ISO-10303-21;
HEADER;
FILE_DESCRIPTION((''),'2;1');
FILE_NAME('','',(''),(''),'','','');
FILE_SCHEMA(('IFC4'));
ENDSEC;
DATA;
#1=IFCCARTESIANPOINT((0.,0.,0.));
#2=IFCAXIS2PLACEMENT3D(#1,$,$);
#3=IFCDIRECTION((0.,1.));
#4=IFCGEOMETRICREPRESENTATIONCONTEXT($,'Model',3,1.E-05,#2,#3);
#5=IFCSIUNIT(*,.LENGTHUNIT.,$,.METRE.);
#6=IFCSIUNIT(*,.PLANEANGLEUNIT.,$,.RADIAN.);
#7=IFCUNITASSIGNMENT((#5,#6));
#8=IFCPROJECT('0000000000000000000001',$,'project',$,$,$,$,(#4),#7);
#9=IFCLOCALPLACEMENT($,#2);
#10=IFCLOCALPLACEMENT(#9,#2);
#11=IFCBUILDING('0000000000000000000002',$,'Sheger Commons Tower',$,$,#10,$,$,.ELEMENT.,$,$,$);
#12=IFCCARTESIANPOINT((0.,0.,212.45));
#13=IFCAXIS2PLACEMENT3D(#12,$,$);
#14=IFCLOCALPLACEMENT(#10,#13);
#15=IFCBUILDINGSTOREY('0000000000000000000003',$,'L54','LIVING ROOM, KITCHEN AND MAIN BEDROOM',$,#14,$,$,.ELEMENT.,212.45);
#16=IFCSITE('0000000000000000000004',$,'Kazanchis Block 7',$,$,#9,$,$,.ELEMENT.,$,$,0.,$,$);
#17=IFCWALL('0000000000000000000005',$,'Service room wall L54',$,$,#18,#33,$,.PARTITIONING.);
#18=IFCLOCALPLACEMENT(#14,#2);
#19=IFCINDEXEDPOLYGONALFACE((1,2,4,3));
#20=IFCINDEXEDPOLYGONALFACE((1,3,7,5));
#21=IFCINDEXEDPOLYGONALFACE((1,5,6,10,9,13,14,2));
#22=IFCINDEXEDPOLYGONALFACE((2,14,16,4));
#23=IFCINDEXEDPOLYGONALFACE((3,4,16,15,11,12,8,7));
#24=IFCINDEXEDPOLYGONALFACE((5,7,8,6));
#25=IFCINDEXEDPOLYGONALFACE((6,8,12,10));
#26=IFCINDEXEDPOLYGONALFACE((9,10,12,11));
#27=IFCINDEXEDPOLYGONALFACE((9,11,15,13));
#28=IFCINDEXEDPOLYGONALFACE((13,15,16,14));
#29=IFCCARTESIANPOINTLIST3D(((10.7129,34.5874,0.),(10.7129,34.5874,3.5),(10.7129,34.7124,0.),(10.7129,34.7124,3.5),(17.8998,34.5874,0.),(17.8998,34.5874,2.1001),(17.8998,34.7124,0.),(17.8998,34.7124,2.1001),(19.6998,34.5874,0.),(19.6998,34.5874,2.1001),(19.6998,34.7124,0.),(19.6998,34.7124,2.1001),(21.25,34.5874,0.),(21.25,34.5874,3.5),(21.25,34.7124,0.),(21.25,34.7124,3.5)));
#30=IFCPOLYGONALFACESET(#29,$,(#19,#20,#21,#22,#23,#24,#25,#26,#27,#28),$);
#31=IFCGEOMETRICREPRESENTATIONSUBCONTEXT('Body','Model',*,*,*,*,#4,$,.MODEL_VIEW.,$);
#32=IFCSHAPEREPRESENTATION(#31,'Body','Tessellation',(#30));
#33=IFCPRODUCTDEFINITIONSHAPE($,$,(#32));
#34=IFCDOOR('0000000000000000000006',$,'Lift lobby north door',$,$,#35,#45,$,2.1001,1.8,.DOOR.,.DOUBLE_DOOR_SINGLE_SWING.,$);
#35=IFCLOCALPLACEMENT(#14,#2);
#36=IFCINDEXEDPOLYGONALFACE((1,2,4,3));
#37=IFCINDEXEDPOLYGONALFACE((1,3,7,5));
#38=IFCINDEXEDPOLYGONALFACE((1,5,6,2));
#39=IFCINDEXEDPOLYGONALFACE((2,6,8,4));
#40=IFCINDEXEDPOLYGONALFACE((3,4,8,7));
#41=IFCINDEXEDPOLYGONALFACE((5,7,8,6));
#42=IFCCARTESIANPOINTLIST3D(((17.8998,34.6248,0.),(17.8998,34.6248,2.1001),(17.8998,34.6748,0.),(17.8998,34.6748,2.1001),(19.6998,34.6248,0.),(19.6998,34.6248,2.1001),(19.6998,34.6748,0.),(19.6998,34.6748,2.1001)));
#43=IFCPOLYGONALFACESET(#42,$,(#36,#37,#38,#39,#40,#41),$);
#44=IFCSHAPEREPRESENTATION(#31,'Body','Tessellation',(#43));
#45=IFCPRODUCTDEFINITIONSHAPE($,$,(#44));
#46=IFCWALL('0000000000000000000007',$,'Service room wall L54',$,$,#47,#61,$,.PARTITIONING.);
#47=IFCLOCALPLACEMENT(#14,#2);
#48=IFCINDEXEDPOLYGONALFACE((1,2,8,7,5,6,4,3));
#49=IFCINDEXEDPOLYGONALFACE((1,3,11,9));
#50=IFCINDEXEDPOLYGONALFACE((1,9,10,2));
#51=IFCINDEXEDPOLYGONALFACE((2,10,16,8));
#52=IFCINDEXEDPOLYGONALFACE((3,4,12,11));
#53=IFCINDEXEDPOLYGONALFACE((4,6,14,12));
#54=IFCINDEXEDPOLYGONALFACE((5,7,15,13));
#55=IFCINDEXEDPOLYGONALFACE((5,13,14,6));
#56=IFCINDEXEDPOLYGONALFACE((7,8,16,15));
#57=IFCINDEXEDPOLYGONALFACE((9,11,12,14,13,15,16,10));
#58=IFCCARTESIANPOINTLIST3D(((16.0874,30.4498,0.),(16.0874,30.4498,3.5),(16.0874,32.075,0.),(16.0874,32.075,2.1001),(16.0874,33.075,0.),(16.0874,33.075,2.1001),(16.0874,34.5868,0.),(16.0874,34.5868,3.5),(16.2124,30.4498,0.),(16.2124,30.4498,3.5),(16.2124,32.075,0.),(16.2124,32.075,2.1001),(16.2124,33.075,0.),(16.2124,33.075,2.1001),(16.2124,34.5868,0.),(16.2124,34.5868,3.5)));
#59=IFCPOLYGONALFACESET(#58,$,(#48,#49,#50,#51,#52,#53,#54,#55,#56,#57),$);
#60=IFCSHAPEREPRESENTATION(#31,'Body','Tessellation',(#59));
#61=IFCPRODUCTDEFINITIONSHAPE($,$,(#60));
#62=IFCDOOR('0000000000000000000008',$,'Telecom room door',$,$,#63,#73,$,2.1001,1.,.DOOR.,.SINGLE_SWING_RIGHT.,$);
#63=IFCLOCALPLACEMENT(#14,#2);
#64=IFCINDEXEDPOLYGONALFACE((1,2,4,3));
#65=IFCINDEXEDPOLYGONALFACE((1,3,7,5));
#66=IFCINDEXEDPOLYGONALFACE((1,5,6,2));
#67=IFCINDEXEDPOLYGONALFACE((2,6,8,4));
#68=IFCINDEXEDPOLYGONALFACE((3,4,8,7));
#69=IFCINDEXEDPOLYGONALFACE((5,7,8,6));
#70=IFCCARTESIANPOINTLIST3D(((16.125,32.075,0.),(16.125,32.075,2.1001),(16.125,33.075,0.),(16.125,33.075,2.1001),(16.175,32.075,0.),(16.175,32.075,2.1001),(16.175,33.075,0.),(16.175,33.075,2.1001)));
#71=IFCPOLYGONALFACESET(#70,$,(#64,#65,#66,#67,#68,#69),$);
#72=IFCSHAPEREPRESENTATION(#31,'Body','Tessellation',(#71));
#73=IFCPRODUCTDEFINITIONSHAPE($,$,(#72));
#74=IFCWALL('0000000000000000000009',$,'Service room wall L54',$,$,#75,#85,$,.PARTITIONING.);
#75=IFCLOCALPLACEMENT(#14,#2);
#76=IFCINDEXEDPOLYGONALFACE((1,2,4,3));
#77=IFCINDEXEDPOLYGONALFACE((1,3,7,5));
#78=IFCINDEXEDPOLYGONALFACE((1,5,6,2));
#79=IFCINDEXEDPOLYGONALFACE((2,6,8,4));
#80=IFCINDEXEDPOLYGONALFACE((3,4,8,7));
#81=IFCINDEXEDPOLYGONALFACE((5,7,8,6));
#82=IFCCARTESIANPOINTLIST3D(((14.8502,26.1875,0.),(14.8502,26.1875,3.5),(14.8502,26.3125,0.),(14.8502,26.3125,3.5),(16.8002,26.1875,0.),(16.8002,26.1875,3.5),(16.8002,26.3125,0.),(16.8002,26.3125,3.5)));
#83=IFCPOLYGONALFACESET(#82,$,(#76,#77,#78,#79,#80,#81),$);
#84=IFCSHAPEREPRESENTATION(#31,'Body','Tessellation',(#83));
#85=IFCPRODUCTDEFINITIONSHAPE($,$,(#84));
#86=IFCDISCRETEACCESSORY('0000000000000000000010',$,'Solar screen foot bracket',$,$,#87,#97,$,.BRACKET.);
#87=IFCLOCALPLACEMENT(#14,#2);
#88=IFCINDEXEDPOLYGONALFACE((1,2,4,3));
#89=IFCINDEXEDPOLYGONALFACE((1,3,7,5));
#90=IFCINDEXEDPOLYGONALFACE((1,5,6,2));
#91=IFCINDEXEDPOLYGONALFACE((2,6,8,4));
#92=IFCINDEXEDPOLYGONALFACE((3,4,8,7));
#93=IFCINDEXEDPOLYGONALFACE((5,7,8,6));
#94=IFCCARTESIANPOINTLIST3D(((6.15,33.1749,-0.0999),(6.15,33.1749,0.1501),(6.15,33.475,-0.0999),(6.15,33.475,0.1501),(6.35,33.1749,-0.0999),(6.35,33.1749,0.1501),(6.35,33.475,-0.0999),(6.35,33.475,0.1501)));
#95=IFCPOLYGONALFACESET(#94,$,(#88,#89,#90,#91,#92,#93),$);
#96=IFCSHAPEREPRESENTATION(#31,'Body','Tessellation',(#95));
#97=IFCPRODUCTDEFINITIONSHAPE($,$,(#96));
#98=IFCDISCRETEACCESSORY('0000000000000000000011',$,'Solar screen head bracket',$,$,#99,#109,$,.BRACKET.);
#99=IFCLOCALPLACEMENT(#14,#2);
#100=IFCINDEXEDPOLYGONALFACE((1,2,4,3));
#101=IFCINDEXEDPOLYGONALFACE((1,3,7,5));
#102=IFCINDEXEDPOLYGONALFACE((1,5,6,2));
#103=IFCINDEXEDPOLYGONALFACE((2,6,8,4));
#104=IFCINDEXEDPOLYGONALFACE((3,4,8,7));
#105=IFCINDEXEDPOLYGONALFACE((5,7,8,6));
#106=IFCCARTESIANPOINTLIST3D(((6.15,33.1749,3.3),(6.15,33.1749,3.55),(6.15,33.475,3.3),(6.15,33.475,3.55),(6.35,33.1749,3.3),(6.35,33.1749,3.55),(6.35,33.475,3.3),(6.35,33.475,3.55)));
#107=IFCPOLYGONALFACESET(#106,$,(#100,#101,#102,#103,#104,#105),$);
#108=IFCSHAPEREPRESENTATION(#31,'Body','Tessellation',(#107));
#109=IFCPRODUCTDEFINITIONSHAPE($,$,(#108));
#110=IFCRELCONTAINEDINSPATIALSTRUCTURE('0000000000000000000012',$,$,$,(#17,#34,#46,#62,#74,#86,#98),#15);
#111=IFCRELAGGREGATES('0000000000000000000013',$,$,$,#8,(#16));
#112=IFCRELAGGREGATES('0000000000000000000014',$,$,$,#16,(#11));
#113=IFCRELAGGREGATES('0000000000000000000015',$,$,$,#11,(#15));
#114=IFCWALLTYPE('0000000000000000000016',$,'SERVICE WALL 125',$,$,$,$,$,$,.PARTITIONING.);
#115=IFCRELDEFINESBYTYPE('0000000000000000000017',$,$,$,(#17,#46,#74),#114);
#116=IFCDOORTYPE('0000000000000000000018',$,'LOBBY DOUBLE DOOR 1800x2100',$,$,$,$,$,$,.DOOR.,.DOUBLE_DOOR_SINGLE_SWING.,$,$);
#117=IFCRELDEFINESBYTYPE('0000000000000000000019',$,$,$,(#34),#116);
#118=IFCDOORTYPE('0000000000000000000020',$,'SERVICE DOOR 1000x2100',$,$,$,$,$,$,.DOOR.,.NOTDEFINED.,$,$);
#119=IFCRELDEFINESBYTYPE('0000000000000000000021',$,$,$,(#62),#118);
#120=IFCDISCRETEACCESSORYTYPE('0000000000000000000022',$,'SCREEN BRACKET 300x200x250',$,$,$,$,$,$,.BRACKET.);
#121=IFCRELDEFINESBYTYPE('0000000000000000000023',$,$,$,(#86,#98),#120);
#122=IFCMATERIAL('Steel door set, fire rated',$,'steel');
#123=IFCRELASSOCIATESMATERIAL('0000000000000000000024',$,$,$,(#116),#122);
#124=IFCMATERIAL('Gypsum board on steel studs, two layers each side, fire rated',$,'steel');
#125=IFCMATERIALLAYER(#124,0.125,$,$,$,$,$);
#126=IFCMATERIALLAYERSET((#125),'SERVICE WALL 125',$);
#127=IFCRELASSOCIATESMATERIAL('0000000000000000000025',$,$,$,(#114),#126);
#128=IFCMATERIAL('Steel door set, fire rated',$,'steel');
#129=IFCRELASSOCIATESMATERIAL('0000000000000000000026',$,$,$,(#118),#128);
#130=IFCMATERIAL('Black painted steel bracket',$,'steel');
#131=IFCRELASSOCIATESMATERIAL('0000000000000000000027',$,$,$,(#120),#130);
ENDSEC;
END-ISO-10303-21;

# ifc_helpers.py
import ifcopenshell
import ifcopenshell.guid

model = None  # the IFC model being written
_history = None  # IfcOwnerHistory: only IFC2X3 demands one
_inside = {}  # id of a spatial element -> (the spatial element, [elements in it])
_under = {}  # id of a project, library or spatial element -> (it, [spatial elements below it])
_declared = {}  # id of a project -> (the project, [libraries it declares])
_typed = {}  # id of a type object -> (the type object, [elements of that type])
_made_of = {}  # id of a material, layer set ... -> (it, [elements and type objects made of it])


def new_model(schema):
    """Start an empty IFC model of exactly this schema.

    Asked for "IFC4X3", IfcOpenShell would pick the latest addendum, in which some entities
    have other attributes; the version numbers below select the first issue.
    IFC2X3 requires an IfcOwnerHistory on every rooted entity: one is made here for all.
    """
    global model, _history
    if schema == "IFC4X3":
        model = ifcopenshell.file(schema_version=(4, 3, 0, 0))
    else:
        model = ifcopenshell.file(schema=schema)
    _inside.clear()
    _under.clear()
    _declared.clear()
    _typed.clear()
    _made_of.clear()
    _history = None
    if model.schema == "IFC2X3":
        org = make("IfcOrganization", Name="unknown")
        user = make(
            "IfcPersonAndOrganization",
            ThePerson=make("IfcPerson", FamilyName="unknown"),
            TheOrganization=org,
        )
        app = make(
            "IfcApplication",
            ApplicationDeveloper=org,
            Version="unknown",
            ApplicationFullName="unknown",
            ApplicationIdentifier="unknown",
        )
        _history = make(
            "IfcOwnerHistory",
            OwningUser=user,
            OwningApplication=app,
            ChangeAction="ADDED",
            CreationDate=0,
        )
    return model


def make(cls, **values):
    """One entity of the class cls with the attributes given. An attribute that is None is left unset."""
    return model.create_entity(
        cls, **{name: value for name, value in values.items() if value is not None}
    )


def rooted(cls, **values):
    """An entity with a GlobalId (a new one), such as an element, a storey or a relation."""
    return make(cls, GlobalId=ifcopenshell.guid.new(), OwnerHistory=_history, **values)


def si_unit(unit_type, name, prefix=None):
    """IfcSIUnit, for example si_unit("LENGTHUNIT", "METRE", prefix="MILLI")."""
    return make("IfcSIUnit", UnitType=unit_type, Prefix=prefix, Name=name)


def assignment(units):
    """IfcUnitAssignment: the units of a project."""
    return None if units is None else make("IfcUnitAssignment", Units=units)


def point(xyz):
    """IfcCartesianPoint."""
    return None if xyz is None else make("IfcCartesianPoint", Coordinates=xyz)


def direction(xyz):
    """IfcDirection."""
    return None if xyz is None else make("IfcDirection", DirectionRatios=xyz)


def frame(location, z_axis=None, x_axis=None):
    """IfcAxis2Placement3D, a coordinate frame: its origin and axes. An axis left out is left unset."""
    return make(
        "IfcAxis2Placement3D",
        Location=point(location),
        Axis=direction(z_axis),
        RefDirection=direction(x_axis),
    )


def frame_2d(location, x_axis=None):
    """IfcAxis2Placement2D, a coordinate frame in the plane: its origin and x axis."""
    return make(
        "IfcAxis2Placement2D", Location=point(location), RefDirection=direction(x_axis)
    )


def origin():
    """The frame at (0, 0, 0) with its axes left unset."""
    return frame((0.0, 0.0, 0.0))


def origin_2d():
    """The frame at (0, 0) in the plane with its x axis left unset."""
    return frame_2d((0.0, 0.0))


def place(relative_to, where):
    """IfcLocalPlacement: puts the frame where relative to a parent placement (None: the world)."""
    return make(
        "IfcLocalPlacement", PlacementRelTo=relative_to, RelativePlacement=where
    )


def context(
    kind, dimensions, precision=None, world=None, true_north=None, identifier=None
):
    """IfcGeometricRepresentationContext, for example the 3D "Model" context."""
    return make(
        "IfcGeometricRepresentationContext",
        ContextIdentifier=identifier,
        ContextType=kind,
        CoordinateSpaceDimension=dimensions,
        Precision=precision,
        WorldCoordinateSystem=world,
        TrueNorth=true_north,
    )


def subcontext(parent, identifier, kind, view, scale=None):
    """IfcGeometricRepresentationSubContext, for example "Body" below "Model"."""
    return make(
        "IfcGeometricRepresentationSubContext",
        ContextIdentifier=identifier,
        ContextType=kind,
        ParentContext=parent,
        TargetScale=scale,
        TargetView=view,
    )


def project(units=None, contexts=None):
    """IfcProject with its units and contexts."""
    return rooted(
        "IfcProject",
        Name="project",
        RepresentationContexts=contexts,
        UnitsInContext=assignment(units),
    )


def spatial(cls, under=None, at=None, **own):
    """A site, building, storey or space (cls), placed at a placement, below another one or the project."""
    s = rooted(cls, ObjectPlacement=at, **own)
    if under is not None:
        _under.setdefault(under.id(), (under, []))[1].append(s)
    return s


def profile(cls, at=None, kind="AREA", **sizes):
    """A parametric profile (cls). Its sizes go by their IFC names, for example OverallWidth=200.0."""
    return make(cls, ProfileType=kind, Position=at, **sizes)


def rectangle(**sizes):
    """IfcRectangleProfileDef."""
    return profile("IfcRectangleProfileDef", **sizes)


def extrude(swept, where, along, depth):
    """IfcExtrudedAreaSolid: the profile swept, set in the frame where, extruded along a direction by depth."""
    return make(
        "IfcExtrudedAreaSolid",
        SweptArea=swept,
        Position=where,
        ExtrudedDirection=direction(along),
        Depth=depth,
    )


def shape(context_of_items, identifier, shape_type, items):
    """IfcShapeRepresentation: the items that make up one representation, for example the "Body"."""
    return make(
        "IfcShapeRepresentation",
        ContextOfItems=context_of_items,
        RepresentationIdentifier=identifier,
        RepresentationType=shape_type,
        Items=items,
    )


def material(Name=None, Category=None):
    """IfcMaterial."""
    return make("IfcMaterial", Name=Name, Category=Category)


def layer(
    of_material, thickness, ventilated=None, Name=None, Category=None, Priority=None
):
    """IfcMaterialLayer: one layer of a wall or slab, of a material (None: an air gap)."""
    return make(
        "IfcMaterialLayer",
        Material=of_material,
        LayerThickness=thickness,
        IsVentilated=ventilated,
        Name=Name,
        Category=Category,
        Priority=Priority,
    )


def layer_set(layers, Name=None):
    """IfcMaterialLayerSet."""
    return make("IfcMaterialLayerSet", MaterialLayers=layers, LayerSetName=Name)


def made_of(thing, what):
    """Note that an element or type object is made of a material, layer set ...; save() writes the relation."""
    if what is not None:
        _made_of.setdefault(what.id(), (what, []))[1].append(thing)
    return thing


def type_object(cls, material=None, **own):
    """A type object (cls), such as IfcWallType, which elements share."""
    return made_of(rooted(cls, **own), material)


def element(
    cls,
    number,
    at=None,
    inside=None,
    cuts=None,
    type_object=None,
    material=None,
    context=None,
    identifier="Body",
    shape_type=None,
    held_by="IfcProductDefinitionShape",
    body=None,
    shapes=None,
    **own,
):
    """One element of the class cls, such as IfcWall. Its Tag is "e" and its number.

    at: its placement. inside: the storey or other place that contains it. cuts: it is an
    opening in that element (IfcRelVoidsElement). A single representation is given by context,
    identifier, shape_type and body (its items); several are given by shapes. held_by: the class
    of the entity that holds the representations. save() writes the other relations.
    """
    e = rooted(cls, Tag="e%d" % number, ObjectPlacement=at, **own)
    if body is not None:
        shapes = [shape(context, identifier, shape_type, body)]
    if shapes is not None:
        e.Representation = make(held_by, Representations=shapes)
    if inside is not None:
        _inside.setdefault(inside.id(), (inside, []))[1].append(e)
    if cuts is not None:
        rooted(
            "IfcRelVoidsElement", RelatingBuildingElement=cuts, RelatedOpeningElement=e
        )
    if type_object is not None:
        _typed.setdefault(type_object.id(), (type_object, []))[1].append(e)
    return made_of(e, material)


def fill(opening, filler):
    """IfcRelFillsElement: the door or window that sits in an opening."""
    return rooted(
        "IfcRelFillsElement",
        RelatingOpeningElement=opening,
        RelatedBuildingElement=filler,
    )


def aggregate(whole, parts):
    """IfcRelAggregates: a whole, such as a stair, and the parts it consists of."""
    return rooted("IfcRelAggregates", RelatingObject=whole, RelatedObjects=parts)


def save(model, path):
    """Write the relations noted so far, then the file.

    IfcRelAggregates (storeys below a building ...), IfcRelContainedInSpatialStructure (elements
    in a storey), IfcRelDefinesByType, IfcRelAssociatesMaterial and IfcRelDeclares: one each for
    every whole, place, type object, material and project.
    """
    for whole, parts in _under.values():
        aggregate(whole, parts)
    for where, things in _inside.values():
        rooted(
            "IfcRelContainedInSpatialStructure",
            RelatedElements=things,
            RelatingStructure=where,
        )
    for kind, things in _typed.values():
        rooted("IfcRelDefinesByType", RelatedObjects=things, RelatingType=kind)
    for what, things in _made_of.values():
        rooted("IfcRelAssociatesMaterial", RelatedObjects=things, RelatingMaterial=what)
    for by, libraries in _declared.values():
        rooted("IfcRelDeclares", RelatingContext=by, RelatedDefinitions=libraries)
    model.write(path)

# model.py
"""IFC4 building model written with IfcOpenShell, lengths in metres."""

from ifc_helpers import new_model, si_unit, direction, frame, frame_2d, origin, origin_2d, place, context, subcontext, project, spatial, rectangle, extrude, material, layer, layer_set, type_object, element, fill, save


model = new_model("IFC4")

# Units and contexts
model_context = context("Model", 3, precision=1e-05, world=origin(), true_north=direction((0.0, 1.0)))
body_context = subcontext(model_context, "Body", "Model", "MODEL_VIEW")
ifc_project = project(units=[si_unit("LENGTHUNIT", "METRE"), si_unit("PLANEANGLEUNIT", "RADIAN")], contexts=[model_context])

# Site, building, storey
site_placement = place(None, origin())
site = spatial("IfcSite", under=ifc_project, at=site_placement, Name="Kazanchis Block 7", CompositionType="ELEMENT", RefElevation=0.0)
building_placement = place(site_placement, origin())
building = spatial("IfcBuilding", under=site, at=building_placement, Name="Sheger Commons Tower", CompositionType="ELEMENT")
storey_placement = place(building_placement, frame((0.0, 0.0, 212.45)))
storey = spatial("IfcBuildingStorey", under=building, at=storey_placement, Name="L54", Description="LIVING ROOM, KITCHEN AND MAIN BEDROOM", CompositionType="ELEMENT", Elevation=212.45)

# Shared definitions
ifc_material_1 = material(Name="Steel door set, fire rated", Category="steel")
door_type_1 = type_object("IfcDoorType", Name="LOBBY DOUBLE DOOR 1800x2100", OperationType="DOUBLE_DOOR_SINGLE_SWING", PredefinedType="DOOR", material=ifc_material_1)

# Shared definitions
ifc_material_2 = material(Name="Gypsum board on steel studs, two layers each side, fire rated", Category="steel")
ifc_layer_1 = layer(ifc_material_2, 0.125)
ifc_layer_set_1 = layer_set([ifc_layer_1], Name="SERVICE WALL 125")
wall_type_1 = type_object("IfcWallType", Name="SERVICE WALL 125", PredefinedType="PARTITIONING", material=ifc_layer_set_1)

# Walls, openings, doors
wall_1_placement = place(storey_placement, frame((10.7129, 34.6499, 0.0), z_axis=(0.0, 0.0, 1.0), x_axis=(1.0, 0.0, 0.0)))
wall_1 = element("IfcWall", 1, at=wall_1_placement, inside=storey, type_object=wall_type_1, Name="Service room wall L54", PredefinedType="PARTITIONING", context=body_context, shape_type="SweptSolid", body=[
    extrude(rectangle(XDim=10.5371, YDim=0.125, at=frame_2d((5.2686, 0.0))), origin(), (0.0, 0.0, 1.0), 3.5),
])
opening_1_placement = place(wall_1_placement, frame((7.187, 0.0, 0.0)))
opening_1 = element("IfcOpeningElement", 2, at=opening_1_placement, cuts=wall_1, PredefinedType="OPENING", context=body_context, shape_type="SweptSolid", body=[
    extrude(rectangle(XDim=1.8, YDim=2.1001, at=frame_2d((0.8999, 1.05))), frame((0.0, 0.0725, 0.0), z_axis=(0.0, -1.0, 0.0), x_axis=(1.0, 0.0, 0.0)), (0.0, 0.0, 1.0), 0.145),
])
door_1_placement = place(opening_1_placement, origin())
door_1 = element("IfcDoor", 3, at=door_1_placement, inside=storey, type_object=door_type_1, Name="Lift lobby north door", OperationType="DOUBLE_DOOR_SINGLE_SWING", OverallHeight=2.1001, OverallWidth=1.8, PredefinedType="DOOR", context=body_context, shape_type="SweptSolid", body=[
    extrude(rectangle(XDim=1.8, YDim=2.1001, at=frame_2d((0.8999, 1.05))), frame((0.0, 0.0249, 0.0), z_axis=(0.0, -1.0, 0.0), x_axis=(1.0, 0.0, 0.0)), (0.0, 0.0, 1.0), 0.05),
])
fill(opening_1, door_1)
wall_2_placement = place(storey_placement, frame((16.1499, 30.45, 0.0), z_axis=(0.0, 0.0, 1.0), x_axis=(0.0, 1.0, 0.0)))
wall_2 = element("IfcWall", 4, at=wall_2_placement, inside=storey, type_object=wall_type_1, Name="Service room wall L54", PredefinedType="PARTITIONING", context=body_context, shape_type="SweptSolid", body=[
    extrude(rectangle(XDim=4.137, YDim=0.125, at=frame_2d((2.0684, 0.0))), origin(), (0.0, 0.0, 1.0), 3.5),
])
opening_2_placement = place(wall_2_placement, frame((1.625, 0.0, 0.0)))
opening_2 = element("IfcOpeningElement", 5, at=opening_2_placement, cuts=wall_2, PredefinedType="OPENING", context=body_context, shape_type="SweptSolid", body=[
    extrude(rectangle(XDim=1.0, YDim=2.1001, at=frame_2d((0.5, 1.05))), frame((0.0, 0.0725, 0.0), z_axis=(0.0, -1.0, 0.0), x_axis=(1.0, 0.0, 0.0)), (0.0, 0.0, 1.0), 0.145),
])
ifc_material_3 = material(Name="Steel door set, fire rated", Category="steel")
door_type_2 = type_object("IfcDoorType", Name="SERVICE DOOR 1000x2100", OperationType="NOTDEFINED", PredefinedType="DOOR", material=ifc_material_3)
door_2_placement = place(opening_2_placement, origin())
door_2 = element("IfcDoor", 6, at=door_2_placement, inside=storey, type_object=door_type_2, Name="Telecom room door", OperationType="SINGLE_SWING_RIGHT", OverallHeight=2.1001, OverallWidth=1.0, PredefinedType="DOOR", context=body_context, shape_type="SweptSolid", body=[
    extrude(rectangle(XDim=1.0, YDim=2.1001, at=frame_2d((0.5, 1.05))), frame((0.0, 0.0249, 0.0), z_axis=(0.0, -1.0, 0.0), x_axis=(1.0, 0.0, 0.0)), (0.0, 0.0, 1.0), 0.05),
])
fill(opening_2, door_2)

# Wall
wall_3_placement = place(storey_placement, frame((14.8501, 26.25, 0.0), z_axis=(0.0, 0.0, 1.0), x_axis=(1.0, 0.0, 0.0)))
element("IfcWall", 7, at=wall_3_placement, inside=storey, type_object=wall_type_1, Name="Service room wall L54", PredefinedType="PARTITIONING", context=body_context, shape_type="SweptSolid", body=[
    extrude(rectangle(XDim=1.95, YDim=0.125, at=frame_2d((0.9751, 0.0))), origin(), (0.0, 0.0, 1.0), 3.5),
])

# Discrete accessories
ifc_material_4 = material(Name="Black painted steel bracket", Category="steel")
discrete_accessory_type = type_object("IfcDiscreteAccessoryType", Name="SCREEN BRACKET 300x200x250", PredefinedType="BRACKET", material=ifc_material_4)
for number, where, z_axis, x_axis, name in (
    (8, (6.25, 33.325, -0.0999), (0.0, 0.0, 1.0), (0.0, -1.0, 0.0), "Solar screen foot bracket"),
    (9, (6.25, 33.325, 3.3), (0.0, 0.0, 1.0), (0.0, -1.0, 0.0), "Solar screen head bracket"),
):
    element("IfcDiscreteAccessory", number, at=place(storey_placement, frame(where, z_axis=z_axis, x_axis=x_axis)), inside=storey, type_object=discrete_accessory_type, Name=name, PredefinedType="BRACKET", context=body_context, shape_type="SweptSolid", body=[
        extrude(rectangle(XDim=0.3, YDim=0.2, at=origin_2d()), origin(), (0.0, 0.0, 1.0), 0.25),
    ])

save(model, "model.ifc")
